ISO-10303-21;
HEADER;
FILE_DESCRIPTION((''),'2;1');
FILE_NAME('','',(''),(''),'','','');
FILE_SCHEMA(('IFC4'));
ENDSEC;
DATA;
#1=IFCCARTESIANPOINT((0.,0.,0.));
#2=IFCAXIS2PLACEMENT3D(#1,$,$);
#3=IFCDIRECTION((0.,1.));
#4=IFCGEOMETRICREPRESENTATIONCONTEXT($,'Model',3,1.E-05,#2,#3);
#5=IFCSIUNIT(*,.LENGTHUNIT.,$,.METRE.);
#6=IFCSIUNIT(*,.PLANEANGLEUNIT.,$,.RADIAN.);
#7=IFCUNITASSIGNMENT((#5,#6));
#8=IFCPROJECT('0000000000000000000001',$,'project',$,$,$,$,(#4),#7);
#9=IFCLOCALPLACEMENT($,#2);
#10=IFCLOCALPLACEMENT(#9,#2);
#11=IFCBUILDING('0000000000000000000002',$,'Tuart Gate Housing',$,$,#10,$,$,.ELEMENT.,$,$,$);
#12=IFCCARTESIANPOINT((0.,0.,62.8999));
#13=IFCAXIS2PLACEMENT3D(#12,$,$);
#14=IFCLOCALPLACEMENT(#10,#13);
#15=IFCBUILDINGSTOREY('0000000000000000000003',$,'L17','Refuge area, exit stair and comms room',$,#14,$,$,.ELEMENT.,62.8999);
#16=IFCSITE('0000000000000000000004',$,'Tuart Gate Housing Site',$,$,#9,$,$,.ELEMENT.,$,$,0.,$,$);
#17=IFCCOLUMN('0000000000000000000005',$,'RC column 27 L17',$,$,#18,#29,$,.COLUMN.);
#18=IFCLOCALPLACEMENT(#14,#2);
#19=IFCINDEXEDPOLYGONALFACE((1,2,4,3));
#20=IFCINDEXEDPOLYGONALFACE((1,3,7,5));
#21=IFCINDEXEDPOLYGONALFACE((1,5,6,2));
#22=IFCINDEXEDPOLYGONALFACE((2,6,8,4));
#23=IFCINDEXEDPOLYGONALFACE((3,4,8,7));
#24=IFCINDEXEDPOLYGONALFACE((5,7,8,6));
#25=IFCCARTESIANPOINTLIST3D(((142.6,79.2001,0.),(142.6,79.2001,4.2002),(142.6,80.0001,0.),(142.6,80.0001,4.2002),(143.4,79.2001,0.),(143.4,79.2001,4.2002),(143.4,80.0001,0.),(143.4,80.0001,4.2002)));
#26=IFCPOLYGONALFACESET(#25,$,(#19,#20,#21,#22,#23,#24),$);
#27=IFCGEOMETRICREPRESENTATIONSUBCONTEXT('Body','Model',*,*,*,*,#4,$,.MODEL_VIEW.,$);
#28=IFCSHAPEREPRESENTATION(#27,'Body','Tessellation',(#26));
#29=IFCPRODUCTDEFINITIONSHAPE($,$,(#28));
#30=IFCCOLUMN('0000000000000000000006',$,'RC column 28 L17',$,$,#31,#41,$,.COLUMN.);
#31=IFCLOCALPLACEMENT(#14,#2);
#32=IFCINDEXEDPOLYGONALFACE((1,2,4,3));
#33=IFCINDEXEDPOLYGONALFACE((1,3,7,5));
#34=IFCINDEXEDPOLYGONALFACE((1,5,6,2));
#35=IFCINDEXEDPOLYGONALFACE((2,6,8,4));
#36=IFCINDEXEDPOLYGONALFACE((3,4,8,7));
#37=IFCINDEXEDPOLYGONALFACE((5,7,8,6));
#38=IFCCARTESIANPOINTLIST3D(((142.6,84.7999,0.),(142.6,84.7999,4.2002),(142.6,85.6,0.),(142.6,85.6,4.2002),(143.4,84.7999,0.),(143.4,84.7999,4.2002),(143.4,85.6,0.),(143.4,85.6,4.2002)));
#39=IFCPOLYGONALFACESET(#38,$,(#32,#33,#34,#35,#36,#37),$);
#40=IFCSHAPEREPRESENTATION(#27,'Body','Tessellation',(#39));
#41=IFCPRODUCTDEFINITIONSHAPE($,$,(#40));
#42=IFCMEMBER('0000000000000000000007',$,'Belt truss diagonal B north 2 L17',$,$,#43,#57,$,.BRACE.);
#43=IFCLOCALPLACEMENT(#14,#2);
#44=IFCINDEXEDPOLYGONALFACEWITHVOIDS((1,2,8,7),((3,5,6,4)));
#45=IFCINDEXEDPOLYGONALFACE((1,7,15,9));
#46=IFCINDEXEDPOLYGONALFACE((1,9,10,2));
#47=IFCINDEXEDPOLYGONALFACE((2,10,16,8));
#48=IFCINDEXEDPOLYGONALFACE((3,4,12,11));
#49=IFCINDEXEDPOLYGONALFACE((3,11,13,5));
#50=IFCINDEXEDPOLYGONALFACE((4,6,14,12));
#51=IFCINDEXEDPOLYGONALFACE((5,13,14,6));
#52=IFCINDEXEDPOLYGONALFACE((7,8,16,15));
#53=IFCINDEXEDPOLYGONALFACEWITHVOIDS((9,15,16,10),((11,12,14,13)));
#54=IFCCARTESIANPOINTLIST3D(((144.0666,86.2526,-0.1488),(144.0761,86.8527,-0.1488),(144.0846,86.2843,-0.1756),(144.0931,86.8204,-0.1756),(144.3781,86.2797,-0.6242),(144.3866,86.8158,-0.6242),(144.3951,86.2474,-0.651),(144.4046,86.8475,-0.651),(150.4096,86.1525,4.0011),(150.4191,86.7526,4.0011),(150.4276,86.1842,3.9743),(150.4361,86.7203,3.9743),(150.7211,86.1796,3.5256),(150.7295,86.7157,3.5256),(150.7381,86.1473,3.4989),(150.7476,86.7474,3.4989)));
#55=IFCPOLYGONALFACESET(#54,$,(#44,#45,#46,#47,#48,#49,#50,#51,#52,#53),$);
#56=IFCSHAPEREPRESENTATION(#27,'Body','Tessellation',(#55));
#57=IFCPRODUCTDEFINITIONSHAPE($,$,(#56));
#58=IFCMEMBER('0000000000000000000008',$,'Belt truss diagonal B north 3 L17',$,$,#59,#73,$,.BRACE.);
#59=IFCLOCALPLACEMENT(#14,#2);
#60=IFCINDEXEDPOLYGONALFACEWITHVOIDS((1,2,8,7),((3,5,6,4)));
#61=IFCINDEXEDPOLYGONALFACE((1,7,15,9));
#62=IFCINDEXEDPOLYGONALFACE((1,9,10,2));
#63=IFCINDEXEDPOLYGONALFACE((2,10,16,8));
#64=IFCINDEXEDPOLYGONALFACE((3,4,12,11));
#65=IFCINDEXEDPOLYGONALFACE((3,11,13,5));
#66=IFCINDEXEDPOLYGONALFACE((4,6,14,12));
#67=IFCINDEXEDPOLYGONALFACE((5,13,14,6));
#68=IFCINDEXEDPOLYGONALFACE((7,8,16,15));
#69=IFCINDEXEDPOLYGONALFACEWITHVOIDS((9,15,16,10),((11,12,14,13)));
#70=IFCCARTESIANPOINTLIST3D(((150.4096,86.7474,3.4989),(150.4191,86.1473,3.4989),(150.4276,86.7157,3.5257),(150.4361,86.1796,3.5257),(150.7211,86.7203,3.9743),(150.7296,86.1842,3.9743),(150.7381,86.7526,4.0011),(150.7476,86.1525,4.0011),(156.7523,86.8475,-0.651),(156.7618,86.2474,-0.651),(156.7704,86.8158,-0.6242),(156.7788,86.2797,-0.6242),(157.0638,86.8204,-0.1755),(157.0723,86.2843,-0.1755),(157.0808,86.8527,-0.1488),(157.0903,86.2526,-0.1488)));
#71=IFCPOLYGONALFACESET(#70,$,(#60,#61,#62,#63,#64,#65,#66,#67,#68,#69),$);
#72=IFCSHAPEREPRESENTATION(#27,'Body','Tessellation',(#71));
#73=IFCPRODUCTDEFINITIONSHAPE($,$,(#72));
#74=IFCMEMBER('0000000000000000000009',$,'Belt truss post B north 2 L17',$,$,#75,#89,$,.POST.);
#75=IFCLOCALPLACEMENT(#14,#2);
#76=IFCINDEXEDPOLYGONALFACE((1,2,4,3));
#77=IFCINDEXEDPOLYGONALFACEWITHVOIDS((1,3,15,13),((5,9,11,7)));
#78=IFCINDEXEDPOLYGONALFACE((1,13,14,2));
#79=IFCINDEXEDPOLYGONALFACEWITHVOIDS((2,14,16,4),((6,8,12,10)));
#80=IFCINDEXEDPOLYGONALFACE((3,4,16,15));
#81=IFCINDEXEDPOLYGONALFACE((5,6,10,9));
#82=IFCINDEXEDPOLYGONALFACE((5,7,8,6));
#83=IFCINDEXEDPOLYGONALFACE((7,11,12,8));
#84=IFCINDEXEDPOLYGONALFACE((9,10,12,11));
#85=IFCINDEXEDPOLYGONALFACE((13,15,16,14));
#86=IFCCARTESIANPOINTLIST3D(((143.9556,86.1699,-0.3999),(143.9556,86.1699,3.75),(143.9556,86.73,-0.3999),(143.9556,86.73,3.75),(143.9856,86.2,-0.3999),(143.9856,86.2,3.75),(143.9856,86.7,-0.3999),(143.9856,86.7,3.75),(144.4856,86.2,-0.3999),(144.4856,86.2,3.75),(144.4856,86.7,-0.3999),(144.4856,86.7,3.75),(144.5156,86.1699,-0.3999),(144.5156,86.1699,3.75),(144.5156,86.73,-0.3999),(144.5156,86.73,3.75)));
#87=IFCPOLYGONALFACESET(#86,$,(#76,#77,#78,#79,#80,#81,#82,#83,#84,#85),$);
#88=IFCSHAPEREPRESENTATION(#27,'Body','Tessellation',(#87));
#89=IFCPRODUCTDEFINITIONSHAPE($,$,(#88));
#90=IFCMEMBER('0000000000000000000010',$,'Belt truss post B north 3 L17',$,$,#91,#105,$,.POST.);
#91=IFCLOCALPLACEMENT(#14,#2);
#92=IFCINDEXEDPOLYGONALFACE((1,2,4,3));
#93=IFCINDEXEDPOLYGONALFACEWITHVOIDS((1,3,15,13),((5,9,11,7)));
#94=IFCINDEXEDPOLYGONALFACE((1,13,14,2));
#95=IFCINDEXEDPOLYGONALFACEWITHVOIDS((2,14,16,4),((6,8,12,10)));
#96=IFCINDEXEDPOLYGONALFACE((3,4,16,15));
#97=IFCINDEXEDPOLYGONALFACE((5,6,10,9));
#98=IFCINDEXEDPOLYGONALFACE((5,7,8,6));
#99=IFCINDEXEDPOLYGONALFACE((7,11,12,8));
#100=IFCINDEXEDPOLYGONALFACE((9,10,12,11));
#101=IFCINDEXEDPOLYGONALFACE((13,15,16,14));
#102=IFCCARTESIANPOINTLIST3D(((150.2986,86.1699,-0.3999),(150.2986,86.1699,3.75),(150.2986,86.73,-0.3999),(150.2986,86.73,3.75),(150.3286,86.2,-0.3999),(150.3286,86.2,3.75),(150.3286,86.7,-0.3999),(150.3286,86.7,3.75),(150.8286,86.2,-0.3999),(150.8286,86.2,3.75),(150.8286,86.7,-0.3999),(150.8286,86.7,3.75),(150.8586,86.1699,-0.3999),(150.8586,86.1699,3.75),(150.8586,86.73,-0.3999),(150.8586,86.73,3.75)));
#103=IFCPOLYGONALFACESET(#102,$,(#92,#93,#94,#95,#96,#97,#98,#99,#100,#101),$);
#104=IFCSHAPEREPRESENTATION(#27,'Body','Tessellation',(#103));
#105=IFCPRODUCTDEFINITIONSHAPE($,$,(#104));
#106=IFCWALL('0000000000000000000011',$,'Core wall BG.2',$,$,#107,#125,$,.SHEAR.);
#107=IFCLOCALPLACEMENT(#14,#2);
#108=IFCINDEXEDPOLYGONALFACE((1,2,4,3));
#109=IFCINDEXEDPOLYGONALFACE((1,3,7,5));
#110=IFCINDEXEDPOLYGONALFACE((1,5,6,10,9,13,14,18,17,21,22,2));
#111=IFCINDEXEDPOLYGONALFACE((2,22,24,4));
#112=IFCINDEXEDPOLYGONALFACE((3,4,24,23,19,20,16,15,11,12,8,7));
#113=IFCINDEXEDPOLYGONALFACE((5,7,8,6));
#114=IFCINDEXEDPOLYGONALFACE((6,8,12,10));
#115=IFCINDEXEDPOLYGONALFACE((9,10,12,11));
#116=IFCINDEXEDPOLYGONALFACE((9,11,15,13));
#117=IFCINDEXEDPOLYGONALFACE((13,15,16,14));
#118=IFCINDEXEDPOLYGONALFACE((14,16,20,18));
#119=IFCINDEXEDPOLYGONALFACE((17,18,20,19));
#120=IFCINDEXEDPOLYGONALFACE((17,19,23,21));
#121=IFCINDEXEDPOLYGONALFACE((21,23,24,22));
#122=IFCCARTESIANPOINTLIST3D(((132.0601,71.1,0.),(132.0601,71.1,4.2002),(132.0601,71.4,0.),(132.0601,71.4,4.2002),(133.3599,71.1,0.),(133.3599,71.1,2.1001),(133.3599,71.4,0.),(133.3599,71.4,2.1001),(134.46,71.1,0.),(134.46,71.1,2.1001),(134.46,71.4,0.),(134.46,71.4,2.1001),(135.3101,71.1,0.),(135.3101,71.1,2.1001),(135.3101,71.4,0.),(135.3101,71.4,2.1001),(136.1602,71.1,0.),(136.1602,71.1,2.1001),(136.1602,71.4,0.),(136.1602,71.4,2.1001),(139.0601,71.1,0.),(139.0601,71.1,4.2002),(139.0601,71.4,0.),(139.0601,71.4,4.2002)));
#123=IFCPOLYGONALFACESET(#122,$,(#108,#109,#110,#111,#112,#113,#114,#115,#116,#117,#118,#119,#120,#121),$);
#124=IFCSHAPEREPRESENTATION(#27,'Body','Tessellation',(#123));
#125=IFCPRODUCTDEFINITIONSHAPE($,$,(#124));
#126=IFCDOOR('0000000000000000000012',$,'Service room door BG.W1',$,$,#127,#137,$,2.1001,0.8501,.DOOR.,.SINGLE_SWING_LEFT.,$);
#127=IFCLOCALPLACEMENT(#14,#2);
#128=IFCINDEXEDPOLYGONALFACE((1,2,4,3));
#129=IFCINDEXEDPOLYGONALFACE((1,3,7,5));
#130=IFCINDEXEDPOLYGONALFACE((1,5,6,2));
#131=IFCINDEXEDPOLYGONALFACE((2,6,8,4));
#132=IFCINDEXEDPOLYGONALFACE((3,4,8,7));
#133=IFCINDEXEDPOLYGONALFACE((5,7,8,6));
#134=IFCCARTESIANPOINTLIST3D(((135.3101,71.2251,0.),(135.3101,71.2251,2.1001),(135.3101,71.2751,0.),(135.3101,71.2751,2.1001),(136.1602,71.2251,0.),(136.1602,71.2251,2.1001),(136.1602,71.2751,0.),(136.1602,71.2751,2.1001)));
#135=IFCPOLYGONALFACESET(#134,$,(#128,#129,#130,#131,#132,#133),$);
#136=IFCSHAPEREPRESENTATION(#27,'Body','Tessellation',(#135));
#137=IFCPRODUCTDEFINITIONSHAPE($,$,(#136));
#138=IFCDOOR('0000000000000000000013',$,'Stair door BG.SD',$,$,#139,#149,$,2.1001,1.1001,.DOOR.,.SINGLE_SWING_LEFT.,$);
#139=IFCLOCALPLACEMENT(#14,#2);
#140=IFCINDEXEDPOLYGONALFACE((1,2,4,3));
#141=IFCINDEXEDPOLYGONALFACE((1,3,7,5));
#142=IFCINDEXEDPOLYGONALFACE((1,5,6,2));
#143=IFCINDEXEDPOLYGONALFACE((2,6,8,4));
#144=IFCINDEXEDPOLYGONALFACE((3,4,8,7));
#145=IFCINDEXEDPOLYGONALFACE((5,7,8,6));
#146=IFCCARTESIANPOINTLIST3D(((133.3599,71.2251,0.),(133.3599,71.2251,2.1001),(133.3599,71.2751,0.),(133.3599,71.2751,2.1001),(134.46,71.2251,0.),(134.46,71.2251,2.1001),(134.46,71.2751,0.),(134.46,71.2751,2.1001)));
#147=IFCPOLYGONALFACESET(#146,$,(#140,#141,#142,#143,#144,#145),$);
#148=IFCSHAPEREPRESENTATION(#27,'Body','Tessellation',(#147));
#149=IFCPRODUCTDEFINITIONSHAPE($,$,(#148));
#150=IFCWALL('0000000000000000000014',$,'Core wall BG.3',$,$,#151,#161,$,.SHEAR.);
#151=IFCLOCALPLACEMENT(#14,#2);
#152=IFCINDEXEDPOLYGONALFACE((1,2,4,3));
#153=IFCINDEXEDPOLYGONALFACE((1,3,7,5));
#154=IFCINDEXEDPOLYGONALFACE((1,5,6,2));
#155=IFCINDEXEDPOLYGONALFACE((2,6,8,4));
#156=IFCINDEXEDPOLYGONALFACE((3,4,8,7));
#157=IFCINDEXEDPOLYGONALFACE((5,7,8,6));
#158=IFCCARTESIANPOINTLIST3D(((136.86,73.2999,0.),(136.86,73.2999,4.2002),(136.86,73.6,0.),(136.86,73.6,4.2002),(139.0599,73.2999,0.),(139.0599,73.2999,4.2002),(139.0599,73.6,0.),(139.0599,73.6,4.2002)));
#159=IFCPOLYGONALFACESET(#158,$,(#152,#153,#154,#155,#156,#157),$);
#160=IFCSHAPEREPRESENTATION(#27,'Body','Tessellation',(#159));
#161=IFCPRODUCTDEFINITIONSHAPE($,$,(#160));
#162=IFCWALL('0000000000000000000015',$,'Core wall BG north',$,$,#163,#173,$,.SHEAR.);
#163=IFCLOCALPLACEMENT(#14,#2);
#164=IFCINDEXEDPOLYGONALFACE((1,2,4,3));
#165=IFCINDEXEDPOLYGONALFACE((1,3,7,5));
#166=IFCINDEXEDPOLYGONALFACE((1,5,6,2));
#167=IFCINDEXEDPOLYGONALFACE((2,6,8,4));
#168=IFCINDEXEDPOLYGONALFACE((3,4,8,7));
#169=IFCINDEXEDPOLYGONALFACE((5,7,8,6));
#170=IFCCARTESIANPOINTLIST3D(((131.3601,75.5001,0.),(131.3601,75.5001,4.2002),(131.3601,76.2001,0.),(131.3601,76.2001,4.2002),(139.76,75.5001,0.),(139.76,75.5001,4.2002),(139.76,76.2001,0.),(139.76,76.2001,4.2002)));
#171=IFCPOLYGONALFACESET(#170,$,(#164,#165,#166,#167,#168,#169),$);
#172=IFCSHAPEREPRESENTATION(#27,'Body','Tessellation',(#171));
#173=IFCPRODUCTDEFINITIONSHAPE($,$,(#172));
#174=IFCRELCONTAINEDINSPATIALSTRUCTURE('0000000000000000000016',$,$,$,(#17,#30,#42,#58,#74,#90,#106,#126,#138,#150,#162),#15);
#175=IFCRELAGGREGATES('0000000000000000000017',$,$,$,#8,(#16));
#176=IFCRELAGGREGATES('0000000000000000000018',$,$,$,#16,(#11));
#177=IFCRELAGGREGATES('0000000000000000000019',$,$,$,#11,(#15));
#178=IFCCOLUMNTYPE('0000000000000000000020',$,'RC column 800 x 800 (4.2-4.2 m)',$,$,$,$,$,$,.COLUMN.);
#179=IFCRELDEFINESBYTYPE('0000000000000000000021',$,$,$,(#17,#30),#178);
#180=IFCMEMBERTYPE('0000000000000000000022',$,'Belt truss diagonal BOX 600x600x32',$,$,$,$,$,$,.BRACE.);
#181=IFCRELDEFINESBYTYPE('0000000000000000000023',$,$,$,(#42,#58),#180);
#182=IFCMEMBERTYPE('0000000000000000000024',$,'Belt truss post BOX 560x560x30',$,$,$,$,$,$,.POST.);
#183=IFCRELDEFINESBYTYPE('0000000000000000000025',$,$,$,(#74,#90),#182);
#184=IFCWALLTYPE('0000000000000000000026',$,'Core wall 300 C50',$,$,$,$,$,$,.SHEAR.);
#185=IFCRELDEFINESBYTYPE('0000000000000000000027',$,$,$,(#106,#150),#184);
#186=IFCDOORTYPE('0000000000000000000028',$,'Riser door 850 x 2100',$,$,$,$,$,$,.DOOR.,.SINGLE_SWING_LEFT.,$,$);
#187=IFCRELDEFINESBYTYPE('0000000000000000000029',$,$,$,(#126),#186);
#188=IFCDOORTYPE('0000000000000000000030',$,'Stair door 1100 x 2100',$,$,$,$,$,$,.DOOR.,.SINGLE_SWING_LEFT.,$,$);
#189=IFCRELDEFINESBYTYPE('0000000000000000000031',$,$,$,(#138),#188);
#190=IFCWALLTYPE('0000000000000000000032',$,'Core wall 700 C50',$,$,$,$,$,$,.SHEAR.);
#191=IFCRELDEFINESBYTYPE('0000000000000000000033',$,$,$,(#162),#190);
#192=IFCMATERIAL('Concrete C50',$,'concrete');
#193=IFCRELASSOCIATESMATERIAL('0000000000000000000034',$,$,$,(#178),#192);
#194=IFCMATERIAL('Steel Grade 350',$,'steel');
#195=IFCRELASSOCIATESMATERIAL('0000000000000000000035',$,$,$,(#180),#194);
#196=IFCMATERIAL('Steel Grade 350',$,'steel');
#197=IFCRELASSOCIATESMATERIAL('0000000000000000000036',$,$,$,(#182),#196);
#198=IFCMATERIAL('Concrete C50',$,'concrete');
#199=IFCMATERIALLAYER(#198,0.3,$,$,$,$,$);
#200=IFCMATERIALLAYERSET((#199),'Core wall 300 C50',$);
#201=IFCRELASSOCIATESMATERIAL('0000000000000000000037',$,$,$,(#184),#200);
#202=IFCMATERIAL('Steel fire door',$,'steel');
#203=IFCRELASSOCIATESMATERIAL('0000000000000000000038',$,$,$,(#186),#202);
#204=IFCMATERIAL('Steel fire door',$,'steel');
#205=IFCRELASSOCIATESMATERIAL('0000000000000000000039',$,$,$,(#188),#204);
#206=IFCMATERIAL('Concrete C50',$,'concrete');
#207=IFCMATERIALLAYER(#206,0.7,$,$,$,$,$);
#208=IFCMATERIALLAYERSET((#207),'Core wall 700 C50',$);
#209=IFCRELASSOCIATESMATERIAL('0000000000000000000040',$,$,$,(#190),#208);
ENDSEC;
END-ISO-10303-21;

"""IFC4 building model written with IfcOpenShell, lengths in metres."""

from ifc_helpers import new_model, si_unit, direction, frame, frame_2d, origin, origin_2d, place, context, subcontext, project, spatial, rectangle, hollow_rectangle, extrude, material, layer, layer_set, material_profile, profile_set, type_object, element, fill, save


model = new_model("IFC4")

# Units and contexts
model_context = context("Model", 3, precision=1e-05, world=origin(), true_north=direction((0.0, 1.0)))
body_context = subcontext(model_context, "Body", "Model", "MODEL_VIEW")
ifc_project = project(units=[si_unit("LENGTHUNIT", "METRE"), si_unit("PLANEANGLEUNIT", "RADIAN")], contexts=[model_context])

# Site, building, storey
site_placement = place(None, origin())
site = spatial("IfcSite", under=ifc_project, at=site_placement, Name="Tuart Gate Housing Site", CompositionType="ELEMENT", RefElevation=0.0)
building_placement = place(site_placement, origin())
building = spatial("IfcBuilding", under=site, at=building_placement, Name="Tuart Gate Housing", CompositionType="ELEMENT")
storey_placement = place(building_placement, frame((0.0, 0.0, 62.8999)))
storey = spatial("IfcBuildingStorey", under=building, at=storey_placement, Name="L17", Description="Refuge area, exit stair and comms room", CompositionType="ELEMENT", Elevation=62.8999)

# Columns
ifc_material_1 = material(Name="Concrete C50", Category="concrete")
ifc_material_profile_1 = material_profile(ifc_material_1, rectangle(XDim=0.8, YDim=0.8, at=origin_2d()), Name="RC column 800 x 800 (4.2-4.2 m)")
ifc_profile_set_1 = profile_set([ifc_material_profile_1], Name="Concrete C50")
column_type = type_object("IfcColumnType", Name="RC column 800 x 800 (4.2-4.2 m)", PredefinedType="COLUMN", material=ifc_profile_set_1)
for number, where, z_axis, x_axis, name in (
    (1, (143.0, 79.6001, 0.0), (0.0, 0.0, 1.0), (1.0, 0.0, 0.0), "RC column 27 L17"),
    (2, (143.0, 85.2, 0.0), (0.0, 0.0, 1.0), (1.0, 0.0, 0.0), "RC column 28 L17"),
):
    element("IfcColumn", number, at=place(storey_placement, frame(where, z_axis=z_axis, x_axis=x_axis)), inside=storey, type_object=column_type, Name=name, PredefinedType="COLUMN", context=body_context, shape_type="SweptSolid", body=[
        extrude(rectangle(XDim=0.8, YDim=0.8, at=origin_2d()), origin(), (0.0, 0.0, 1.0), 4.2002),
    ])

# Members
ifc_material_2 = material(Name="Steel Grade 350", Category="steel")
ifc_material_profile_2 = material_profile(ifc_material_2, hollow_rectangle(XDim=0.6001, YDim=0.6001, WallThickness=0.032, at=origin_2d()), Name="BOX 600x600x32")
ifc_profile_set_2 = profile_set([ifc_material_profile_2], Name="Steel Grade 350")
member_type_1 = type_object("IfcMemberType", Name="Belt truss diagonal BOX 600x600x32", PredefinedType="BRACE", material=ifc_profile_set_2)
member_1_placement = place(storey_placement, frame((144.2356, 86.55, -0.3999), z_axis=(0.836743, -0.013204, 0.547437), x_axis=(0.015779, 0.999876, 0.0)))
element("IfcMember", 3, at=member_1_placement, inside=storey, type_object=member_type_1, Name="Belt truss diagonal B north 2 L17", PredefinedType="BRACE", context=body_context, shape_type="SweptSolid", body=[
    extrude(hollow_rectangle(XDim=0.6001, YDim=0.6001, WallThickness=0.032, at=origin_2d()), origin(), (0.0, 0.0, 1.0), 7.5806),
])
member_2_placement = place(storey_placement, frame((150.5786, 86.45, 3.75), z_axis=(0.836733, 0.013205, -0.547452), x_axis=(-0.015779, 0.999875, 0.0)))
element("IfcMember", 4, at=member_2_placement, inside=storey, type_object=member_type_1, Name="Belt truss diagonal B north 3 L17", PredefinedType="BRACE", context=body_context, shape_type="SweptSolid", body=[
    extrude(hollow_rectangle(XDim=0.6001, YDim=0.6001, WallThickness=0.032, at=origin_2d()), origin(), (0.0, 0.0, 1.0), 7.5803),
])
ifc_material_3 = material(Name="Steel Grade 350", Category="steel")
ifc_material_profile_3 = material_profile(ifc_material_3, hollow_rectangle(XDim=0.5601, YDim=0.5601, WallThickness=0.03, at=origin_2d()), Name="BOX 560x560x30")
ifc_profile_set_3 = profile_set([ifc_material_profile_3], Name="Steel Grade 350")
member_type_2 = type_object("IfcMemberType", Name="Belt truss post BOX 560x560x30", PredefinedType="POST", material=ifc_profile_set_3)
for number, where, z_axis, x_axis, name in (
    (5, (144.2356, 86.45, -0.3999), (0.0, 0.0, 1.0), (1.0, 0.0, 0.0), "Belt truss post B north 2 L17"),
    (6, (150.5786, 86.45, -0.3999), (0.0, 0.0, 1.0), (1.0, 0.0, 0.0), "Belt truss post B north 3 L17"),
):
    element("IfcMember", number, at=place(storey_placement, frame(where, z_axis=z_axis, x_axis=x_axis)), inside=storey, type_object=member_type_2, Name=name, PredefinedType="POST", context=body_context, shape_type="SweptSolid", body=[
        extrude(hollow_rectangle(XDim=0.5601, YDim=0.5601, WallThickness=0.03, at=origin_2d()), origin(), (0.0, 0.0, 1.0), 4.1499),
    ])

# Wall, openings, doors
ifc_material_4 = material(Name="Concrete C50", Category="concrete")
ifc_layer_1 = layer(ifc_material_4, 0.3)
ifc_layer_set_1 = layer_set([ifc_layer_1], Name="Core wall 300 C50")
wall_type_1 = type_object("IfcWallType", Name="Core wall 300 C50", PredefinedType="SHEAR", material=ifc_layer_set_1)
wall_1_placement = place(storey_placement, frame((139.0601, 71.25, 0.0), z_axis=(0.0, 0.0, 1.0), x_axis=(-1.0, 0.0, 0.0)))
wall_1 = element("IfcWall", 7, at=wall_1_placement, inside=storey, type_object=wall_type_1, Name="Core wall BG.2", PredefinedType="SHEAR", context=body_context, shape_type="SweptSolid", body=[
    extrude(rectangle(XDim=7.0, YDim=0.3, at=frame_2d((3.5, 0.0))), origin(), (0.0, 0.0, 1.0), 4.2002),
])
opening_1_placement = place(wall_1_placement, frame((4.6001, 0.0, 0.0)))
opening_1 = element("IfcOpeningElement", 8, at=opening_1_placement, cuts=wall_1, PredefinedType="OPENING", context=body_context, shape_type="SweptSolid", body=[
    extrude(rectangle(XDim=1.1001, YDim=2.1001, at=frame_2d((0.55, 1.05))), frame((0.0, 0.1599, 0.0), z_axis=(0.0, -1.0, 0.0), x_axis=(1.0, 0.0, 0.0)), (0.0, 0.0, 1.0), 0.3201),
])
opening_2_placement = place(wall_1_placement, frame((2.8999, 0.0, 0.0)))
opening_2 = element("IfcOpeningElement", 9, at=opening_2_placement, cuts=wall_1, PredefinedType="OPENING", context=body_context, shape_type="SweptSolid", body=[
    extrude(rectangle(XDim=0.8501, YDim=2.1001, at=frame_2d((0.425, 1.05))), frame((0.0, 0.1599, 0.0), z_axis=(0.0, -1.0, 0.0), x_axis=(1.0, 0.0, 0.0)), (0.0, 0.0, 1.0), 0.3201),
])
ifc_material_5 = material(Name="Steel fire door", Category="steel")
door_type_1 = type_object("IfcDoorType", Name="Riser door 850 x 2100", OperationType="SINGLE_SWING_LEFT", PredefinedType="DOOR", material=ifc_material_5)
door_1_placement = place(opening_2_placement, origin())
door_1 = element("IfcDoor", 10, at=door_1_placement, inside=storey, type_object=door_type_1, Name="Service room door BG.W1", OperationType="SINGLE_SWING_LEFT", OverallHeight=2.1001, OverallWidth=0.8501, PredefinedType="DOOR", context=body_context, shape_type="SweptSolid", body=[
    extrude(rectangle(XDim=0.8501, YDim=2.1001, at=frame_2d((0.425, 1.05))), frame((0.0, 0.0249, 0.0), z_axis=(0.0, -1.0, 0.0), x_axis=(1.0, 0.0, 0.0)), (0.0, 0.0, 1.0), 0.05),
])
fill(opening_2, door_1)
ifc_material_6 = material(Name="Steel fire door", Category="steel")
door_type_2 = type_object("IfcDoorType", Name="Stair door 1100 x 2100", OperationType="SINGLE_SWING_LEFT", PredefinedType="DOOR", material=ifc_material_6)
door_2_placement = place(opening_1_placement, origin())
door_2 = element("IfcDoor", 11, at=door_2_placement, inside=storey, type_object=door_type_2, Name="Stair door BG.SD", OperationType="SINGLE_SWING_LEFT", OverallHeight=2.1001, OverallWidth=1.1001, PredefinedType="DOOR", context=body_context, shape_type="SweptSolid", body=[
    extrude(rectangle(XDim=1.1001, YDim=2.1001, at=frame_2d((0.55, 1.05))), frame((0.0, 0.0249, 0.0), z_axis=(0.0, -1.0, 0.0), x_axis=(1.0, 0.0, 0.0)), (0.0, 0.0, 1.0), 0.05),
])
fill(opening_1, door_2)

# Walls
wall_2_placement = place(storey_placement, frame((139.0601, 73.45, 0.0), z_axis=(0.0, 0.0, 1.0), x_axis=(-1.0, 0.0, 0.0)))
element("IfcWall", 12, at=wall_2_placement, inside=storey, type_object=wall_type_1, Name="Core wall BG.3", PredefinedType="SHEAR", context=body_context, shape_type="SweptSolid", body=[
    extrude(rectangle(XDim=2.2, YDim=0.3, at=frame_2d((1.1001, 0.0))), origin(), (0.0, 0.0, 1.0), 4.2002),
])
ifc_material_7 = material(Name="Concrete C50", Category="concrete")
ifc_layer_2 = layer(ifc_material_7, 0.7)
ifc_layer_set_2 = layer_set([ifc_layer_2], Name="Core wall 700 C50")
wall_type_2 = type_object("IfcWallType", Name="Core wall 700 C50", PredefinedType="SHEAR", material=ifc_layer_set_2)
wall_3_placement = place(storey_placement, frame((139.76, 75.8501, 0.0), z_axis=(0.0, 0.0, 1.0), x_axis=(-1.0, 0.0, 0.0)))
element("IfcWall", 13, at=wall_3_placement, inside=storey, type_object=wall_type_2, Name="Core wall BG north", PredefinedType="SHEAR", context=body_context, shape_type="SweptSolid", body=[
    extrude(rectangle(XDim=8.3999, YDim=0.7, at=frame_2d((4.2, 0.0))), origin(), (0.0, 0.0, 1.0), 4.2002),
])

save(model, "model.ifc")
